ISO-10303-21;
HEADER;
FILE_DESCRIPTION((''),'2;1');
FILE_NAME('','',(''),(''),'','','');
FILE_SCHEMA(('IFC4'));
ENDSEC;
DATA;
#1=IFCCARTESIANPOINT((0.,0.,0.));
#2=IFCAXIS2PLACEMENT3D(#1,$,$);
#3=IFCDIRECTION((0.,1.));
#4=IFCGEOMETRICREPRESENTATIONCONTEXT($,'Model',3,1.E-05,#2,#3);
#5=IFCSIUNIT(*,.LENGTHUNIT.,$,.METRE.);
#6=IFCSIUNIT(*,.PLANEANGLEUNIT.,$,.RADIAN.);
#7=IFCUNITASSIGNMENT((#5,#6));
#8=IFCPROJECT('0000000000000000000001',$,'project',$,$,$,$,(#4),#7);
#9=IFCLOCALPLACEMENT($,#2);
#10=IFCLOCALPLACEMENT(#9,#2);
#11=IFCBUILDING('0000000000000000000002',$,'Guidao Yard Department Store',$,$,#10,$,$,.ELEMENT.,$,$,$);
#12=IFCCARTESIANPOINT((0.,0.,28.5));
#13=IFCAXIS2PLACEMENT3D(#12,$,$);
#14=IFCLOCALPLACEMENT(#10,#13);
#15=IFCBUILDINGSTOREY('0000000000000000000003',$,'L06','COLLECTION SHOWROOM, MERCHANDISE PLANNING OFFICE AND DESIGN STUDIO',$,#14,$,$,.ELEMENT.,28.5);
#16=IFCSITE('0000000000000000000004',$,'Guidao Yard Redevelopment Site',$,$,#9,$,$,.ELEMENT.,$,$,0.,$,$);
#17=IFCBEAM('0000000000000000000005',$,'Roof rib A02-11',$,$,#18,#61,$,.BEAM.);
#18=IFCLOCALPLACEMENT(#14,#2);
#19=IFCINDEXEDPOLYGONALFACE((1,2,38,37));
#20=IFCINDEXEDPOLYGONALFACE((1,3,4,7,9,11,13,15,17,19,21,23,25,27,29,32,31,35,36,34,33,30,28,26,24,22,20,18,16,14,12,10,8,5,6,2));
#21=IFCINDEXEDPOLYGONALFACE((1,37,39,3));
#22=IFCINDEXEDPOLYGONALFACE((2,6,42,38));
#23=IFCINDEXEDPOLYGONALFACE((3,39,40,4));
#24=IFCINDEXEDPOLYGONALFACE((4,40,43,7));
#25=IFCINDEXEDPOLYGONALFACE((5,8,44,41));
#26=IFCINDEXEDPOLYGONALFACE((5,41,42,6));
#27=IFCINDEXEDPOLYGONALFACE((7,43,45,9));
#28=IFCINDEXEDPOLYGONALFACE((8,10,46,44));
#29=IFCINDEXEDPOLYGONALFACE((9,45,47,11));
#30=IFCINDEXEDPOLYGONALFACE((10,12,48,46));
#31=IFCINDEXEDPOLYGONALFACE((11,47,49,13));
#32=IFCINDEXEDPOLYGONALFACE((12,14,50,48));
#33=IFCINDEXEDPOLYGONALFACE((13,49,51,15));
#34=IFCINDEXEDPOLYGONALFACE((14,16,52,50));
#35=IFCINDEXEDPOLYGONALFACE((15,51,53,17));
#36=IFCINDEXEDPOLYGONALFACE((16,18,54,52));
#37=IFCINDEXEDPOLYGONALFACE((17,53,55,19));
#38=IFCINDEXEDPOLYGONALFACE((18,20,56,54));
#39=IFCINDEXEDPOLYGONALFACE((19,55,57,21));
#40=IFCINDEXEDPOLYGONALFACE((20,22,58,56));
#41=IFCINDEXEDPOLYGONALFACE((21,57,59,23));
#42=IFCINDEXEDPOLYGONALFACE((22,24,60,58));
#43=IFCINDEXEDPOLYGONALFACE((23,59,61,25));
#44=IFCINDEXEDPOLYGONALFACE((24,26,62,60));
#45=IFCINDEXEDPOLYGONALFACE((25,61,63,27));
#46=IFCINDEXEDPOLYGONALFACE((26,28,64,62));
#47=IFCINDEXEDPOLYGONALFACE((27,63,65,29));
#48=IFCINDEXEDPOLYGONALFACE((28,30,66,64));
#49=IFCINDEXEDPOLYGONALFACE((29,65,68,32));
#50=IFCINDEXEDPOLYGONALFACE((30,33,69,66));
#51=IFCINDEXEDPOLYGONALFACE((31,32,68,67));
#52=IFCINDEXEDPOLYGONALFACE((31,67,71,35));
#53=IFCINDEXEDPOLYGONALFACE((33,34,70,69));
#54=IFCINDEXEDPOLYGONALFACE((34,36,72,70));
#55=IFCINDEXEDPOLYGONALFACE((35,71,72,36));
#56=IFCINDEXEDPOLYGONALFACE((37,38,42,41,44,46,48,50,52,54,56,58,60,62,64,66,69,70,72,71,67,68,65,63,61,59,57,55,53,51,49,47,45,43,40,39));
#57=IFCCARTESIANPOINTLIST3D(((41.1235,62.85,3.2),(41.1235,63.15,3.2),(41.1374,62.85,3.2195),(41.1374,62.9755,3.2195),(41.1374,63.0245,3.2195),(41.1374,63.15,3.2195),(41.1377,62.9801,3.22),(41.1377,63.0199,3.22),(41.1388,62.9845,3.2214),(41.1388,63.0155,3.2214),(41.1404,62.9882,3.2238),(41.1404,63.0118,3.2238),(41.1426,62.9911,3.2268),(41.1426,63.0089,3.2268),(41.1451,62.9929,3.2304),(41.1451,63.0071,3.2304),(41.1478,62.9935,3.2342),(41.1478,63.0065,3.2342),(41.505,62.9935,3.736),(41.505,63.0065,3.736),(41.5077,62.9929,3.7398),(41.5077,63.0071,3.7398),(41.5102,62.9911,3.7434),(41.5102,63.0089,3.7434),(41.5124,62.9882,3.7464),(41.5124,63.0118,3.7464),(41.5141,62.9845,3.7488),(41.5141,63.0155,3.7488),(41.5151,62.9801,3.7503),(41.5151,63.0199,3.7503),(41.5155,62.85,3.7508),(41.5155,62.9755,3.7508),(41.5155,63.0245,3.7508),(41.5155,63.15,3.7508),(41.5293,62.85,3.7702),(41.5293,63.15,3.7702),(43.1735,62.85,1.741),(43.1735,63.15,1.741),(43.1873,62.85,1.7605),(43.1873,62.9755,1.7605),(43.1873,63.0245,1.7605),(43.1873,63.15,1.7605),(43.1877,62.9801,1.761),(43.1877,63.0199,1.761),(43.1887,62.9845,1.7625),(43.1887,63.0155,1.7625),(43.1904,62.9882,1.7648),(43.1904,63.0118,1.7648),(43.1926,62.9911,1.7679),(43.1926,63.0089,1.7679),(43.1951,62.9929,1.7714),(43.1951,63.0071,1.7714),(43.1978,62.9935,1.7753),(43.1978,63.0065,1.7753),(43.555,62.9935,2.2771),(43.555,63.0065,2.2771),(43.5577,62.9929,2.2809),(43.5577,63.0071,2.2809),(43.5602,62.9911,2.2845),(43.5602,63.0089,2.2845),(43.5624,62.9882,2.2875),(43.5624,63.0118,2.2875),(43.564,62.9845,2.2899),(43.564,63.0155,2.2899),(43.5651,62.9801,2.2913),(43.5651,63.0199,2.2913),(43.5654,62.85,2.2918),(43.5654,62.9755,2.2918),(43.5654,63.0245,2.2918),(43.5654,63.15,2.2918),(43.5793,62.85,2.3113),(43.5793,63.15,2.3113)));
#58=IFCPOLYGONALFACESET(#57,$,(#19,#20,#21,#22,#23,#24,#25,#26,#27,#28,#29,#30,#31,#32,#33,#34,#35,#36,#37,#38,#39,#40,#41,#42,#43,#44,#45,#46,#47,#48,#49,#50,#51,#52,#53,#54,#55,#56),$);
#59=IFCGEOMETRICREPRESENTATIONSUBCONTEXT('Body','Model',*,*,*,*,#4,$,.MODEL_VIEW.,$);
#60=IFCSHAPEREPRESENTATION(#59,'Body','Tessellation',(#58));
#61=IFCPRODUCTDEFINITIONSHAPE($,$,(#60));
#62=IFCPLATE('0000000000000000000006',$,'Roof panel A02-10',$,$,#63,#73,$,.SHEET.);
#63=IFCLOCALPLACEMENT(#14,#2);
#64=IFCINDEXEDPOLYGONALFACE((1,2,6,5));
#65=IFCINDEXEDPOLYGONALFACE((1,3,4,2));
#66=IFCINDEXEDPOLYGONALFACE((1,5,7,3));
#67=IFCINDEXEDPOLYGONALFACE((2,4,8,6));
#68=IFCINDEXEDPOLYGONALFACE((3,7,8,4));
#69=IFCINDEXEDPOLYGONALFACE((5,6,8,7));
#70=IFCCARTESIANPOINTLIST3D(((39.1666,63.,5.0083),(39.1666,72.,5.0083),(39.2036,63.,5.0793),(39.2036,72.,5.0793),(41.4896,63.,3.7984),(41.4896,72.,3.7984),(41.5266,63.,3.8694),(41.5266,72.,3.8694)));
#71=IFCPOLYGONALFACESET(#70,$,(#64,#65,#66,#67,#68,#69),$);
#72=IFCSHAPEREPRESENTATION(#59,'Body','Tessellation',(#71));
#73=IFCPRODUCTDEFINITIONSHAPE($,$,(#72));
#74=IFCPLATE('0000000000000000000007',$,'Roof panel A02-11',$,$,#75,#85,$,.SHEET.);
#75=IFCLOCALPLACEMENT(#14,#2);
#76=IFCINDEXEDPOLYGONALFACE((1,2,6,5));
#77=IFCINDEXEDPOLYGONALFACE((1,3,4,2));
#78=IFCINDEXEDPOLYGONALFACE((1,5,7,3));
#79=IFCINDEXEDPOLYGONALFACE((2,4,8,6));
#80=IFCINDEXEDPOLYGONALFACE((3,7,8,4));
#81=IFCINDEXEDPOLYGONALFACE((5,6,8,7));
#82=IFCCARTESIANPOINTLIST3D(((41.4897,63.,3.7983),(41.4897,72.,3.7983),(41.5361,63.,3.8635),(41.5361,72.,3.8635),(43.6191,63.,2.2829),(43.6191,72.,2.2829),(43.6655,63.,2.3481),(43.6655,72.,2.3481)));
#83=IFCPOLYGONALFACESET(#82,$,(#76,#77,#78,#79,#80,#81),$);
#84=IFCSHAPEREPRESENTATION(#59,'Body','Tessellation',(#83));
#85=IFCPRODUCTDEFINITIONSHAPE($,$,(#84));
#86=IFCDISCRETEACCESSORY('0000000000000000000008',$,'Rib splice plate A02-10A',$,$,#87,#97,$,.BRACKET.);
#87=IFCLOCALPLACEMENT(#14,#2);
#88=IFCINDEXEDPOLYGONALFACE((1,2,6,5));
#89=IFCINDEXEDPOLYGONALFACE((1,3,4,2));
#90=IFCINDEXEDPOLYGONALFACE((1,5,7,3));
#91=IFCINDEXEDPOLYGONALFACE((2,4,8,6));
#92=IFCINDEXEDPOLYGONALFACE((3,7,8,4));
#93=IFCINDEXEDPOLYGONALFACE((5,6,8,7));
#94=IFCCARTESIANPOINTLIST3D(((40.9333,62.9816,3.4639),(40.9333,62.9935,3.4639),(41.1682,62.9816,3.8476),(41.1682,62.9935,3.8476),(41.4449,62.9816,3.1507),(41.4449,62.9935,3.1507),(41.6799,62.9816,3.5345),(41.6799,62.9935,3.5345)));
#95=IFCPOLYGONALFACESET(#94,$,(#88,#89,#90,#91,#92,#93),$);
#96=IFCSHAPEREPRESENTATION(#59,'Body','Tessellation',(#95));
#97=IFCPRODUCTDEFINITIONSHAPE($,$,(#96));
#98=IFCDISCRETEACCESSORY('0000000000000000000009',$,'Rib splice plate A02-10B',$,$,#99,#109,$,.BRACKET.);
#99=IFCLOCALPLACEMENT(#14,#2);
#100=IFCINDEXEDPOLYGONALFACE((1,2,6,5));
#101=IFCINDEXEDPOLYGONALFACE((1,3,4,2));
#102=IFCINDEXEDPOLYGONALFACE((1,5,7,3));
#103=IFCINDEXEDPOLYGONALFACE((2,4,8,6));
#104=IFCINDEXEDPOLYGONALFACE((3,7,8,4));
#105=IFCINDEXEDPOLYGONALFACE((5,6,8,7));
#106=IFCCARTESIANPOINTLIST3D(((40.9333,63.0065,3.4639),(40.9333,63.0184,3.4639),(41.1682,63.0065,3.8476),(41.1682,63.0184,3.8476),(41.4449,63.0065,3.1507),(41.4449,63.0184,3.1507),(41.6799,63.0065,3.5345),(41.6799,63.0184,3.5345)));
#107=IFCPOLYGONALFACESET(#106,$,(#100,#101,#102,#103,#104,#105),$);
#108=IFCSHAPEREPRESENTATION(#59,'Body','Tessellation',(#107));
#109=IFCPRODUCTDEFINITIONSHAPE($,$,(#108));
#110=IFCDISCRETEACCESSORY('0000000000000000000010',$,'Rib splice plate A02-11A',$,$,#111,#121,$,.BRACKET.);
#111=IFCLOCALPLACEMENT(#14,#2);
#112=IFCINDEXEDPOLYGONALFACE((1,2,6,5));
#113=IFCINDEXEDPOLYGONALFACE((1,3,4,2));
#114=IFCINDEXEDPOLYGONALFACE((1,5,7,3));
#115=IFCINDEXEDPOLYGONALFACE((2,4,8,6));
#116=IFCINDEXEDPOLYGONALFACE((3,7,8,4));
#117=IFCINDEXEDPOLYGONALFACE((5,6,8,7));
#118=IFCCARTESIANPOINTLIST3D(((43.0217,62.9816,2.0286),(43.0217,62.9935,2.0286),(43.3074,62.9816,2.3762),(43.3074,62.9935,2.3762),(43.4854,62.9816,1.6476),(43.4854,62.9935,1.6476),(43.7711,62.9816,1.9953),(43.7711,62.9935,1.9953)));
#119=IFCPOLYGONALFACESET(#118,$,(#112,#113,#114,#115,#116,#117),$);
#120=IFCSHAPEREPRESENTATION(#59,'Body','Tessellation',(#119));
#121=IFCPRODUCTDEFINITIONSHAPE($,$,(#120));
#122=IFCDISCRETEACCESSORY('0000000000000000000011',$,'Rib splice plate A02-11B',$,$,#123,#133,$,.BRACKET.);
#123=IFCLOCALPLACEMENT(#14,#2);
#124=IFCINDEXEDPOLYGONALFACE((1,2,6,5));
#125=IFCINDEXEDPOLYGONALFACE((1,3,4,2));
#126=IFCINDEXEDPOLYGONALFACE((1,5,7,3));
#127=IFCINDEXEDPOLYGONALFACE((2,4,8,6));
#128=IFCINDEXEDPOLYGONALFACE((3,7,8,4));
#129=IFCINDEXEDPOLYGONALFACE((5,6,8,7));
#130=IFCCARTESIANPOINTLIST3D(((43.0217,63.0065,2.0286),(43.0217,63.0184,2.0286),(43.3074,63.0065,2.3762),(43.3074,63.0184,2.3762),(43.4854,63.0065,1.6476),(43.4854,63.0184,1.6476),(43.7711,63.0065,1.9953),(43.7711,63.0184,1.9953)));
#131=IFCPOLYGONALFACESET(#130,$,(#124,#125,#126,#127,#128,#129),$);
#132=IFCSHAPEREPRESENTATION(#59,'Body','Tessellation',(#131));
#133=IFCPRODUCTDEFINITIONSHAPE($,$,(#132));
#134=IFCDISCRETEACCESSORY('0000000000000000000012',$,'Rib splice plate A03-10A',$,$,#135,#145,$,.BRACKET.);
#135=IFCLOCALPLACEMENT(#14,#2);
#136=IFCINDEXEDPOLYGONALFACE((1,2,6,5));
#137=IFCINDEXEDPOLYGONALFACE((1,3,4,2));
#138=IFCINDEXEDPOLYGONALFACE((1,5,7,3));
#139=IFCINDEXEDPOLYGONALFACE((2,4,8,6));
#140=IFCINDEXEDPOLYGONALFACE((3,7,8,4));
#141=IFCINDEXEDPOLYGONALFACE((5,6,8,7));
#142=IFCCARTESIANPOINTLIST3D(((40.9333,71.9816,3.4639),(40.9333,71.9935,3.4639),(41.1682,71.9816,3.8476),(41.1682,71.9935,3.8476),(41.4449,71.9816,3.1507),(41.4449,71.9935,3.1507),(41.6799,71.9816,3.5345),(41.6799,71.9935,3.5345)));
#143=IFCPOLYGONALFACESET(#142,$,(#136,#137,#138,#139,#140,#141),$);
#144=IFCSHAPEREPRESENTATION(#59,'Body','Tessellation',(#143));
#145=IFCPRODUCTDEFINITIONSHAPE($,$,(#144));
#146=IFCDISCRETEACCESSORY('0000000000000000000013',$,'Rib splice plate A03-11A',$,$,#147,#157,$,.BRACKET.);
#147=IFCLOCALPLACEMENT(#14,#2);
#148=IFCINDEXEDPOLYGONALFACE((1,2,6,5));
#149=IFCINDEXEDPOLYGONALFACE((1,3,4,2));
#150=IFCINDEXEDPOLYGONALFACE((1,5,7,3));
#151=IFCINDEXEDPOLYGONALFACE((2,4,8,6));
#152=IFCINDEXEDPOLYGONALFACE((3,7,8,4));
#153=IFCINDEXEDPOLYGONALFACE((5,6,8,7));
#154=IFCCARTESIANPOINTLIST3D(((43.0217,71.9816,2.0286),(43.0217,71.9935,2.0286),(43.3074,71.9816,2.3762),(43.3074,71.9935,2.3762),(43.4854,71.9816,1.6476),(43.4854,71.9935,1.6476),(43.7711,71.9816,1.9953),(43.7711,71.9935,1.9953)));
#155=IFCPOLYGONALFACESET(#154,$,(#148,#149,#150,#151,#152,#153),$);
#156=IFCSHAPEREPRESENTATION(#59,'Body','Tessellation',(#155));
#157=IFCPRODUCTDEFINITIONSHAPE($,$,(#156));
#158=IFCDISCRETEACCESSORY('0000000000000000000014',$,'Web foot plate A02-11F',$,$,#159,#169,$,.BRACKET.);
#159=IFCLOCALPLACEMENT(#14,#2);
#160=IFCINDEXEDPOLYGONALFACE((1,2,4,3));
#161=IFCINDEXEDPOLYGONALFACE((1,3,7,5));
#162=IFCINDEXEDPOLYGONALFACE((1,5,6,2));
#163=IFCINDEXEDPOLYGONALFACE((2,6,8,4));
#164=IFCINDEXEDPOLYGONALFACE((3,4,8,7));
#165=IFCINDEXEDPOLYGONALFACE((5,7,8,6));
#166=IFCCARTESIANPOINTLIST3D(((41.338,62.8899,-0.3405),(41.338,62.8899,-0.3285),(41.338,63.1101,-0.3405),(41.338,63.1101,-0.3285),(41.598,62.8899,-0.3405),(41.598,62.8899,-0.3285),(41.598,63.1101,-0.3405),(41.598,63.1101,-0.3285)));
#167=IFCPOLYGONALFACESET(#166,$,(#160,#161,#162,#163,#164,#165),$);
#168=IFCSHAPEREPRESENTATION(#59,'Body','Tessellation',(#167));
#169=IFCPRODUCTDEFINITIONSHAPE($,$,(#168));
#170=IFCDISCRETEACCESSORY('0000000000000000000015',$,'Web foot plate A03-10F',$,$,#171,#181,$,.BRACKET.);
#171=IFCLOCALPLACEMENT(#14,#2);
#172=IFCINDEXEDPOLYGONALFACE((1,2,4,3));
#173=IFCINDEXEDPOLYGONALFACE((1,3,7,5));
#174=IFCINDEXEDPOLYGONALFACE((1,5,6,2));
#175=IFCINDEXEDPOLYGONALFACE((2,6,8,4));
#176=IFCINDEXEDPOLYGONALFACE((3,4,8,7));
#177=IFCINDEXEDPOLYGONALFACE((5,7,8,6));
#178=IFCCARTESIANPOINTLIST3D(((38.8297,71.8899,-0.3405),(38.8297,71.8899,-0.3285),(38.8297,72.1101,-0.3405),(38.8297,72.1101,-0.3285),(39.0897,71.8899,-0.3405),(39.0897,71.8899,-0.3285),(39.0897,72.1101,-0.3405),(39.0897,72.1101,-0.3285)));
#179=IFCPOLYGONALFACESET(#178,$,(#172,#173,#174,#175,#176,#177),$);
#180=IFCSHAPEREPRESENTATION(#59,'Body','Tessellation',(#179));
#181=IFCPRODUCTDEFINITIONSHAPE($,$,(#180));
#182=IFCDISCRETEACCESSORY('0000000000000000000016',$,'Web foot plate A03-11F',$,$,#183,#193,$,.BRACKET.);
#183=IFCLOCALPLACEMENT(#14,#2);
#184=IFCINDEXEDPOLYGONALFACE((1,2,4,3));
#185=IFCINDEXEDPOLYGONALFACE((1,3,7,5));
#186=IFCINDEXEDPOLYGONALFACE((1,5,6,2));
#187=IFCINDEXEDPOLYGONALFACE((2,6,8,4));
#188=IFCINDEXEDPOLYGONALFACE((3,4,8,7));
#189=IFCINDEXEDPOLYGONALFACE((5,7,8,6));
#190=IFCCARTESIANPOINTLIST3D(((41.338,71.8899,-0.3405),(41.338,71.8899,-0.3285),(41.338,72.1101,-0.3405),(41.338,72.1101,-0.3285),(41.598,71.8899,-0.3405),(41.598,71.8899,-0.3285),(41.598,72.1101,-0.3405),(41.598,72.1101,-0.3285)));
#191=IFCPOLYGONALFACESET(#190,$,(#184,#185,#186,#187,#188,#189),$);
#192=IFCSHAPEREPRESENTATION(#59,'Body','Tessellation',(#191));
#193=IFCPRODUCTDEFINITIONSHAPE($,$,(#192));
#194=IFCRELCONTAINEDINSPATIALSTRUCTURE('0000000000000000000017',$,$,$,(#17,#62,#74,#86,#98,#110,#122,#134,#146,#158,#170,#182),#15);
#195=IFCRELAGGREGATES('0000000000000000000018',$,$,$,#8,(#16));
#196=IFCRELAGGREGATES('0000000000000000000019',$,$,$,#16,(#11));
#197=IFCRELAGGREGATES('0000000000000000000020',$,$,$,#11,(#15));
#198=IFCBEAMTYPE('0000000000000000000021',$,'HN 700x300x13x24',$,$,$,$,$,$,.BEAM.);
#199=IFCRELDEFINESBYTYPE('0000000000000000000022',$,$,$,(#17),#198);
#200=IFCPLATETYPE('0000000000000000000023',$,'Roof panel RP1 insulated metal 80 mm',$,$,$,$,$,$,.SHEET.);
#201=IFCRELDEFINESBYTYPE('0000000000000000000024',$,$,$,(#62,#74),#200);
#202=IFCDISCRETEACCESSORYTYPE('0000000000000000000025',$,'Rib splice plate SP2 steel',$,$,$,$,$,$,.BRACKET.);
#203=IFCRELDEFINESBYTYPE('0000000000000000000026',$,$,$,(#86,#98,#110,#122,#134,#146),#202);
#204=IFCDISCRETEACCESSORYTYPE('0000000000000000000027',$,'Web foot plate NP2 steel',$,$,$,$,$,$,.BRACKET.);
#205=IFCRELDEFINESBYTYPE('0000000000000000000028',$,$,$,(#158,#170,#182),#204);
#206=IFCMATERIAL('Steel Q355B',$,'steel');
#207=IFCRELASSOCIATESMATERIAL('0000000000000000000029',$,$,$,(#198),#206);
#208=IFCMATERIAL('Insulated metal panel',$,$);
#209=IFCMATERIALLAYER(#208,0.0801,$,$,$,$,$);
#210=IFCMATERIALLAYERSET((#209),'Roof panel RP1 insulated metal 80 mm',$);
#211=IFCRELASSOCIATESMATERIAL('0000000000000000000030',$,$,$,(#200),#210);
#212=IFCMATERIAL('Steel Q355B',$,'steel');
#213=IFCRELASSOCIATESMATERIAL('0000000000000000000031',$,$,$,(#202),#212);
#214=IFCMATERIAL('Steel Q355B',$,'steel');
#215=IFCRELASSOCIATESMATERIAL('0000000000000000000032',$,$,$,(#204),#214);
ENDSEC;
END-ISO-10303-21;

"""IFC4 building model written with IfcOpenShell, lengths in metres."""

from ifc_helpers import new_model, si_unit, direction, frame, origin, origin_2d, place, context, subcontext, project, spatial, polyline, rectangle, i_section, outline, extrude, material, layer, layer_set, material_profile, profile_set, type_object, element, save


model = new_model("IFC4")

# Units and contexts
model_context = context("Model", 3, precision=1e-05, world=origin(), true_north=direction((0.0, 1.0)))
body_context = subcontext(model_context, "Body", "Model", "MODEL_VIEW")
ifc_project = project(units=[si_unit("LENGTHUNIT", "METRE"), si_unit("PLANEANGLEUNIT", "RADIAN")], contexts=[model_context])

# Site, building, storey
site_placement = place(None, origin())
site = spatial("IfcSite", under=ifc_project, at=site_placement, Name="Guidao Yard Redevelopment Site", CompositionType="ELEMENT", RefElevation=0.0)
building_placement = place(site_placement, origin())
building = spatial("IfcBuilding", under=site, at=building_placement, Name="Guidao Yard Department Store", CompositionType="ELEMENT")
storey_placement = place(building_placement, frame((0.0, 0.0, 28.5)))
storey = spatial("IfcBuildingStorey", under=building, at=storey_placement, Name="L06", Description="COLLECTION SHOWROOM, MERCHANDISE PLANNING OFFICE AND DESIGN STUDIO", CompositionType="ELEMENT", Elevation=28.5)

# Beam
ifc_material_1 = material(Name="Steel Q355B", Category="steel")
ifc_material_profile_1 = material_profile(ifc_material_1, i_section(OverallWidth=0.3, OverallDepth=0.7, WebThickness=0.0129, FlangeThickness=0.0239, FilletRadius=0.0181, at=origin_2d()), Name="HN 700x300x13x24")
ifc_profile_set_1 = profile_set([ifc_material_profile_1], Name="Steel Q355B")
beam_type = type_object("IfcBeamType", Name="HN 700x300x13x24", PredefinedType="BEAM", material=ifc_profile_set_1)
beam_1_placement = place(storey_placement, frame((41.3264, 63.0, 3.4851), z_axis=(0.814735, 0.0, -0.579833), x_axis=(0.0, 1.0, 0.0)))
element("IfcBeam", 1, at=beam_1_placement, inside=storey, type_object=beam_type, Name="Roof rib A02-11", PredefinedType="BEAM", context=body_context, shape_type="SweptSolid", body=[
    extrude(i_section(OverallWidth=0.3, OverallDepth=0.7, WebThickness=0.0129, FlangeThickness=0.0239, FilletRadius=0.0181, at=origin_2d()), origin(), (0.0, 0.0, 1.0), 2.5161),
])

# Plates
ifc_material_2 = material(Name="Insulated metal panel")
ifc_layer = layer(ifc_material_2, 0.0801)
ifc_layer_set = layer_set([ifc_layer], Name="Roof panel RP1 insulated metal 80 mm")
plate_type = type_object("IfcPlateType", Name="Roof panel RP1 insulated metal 80 mm", PredefinedType="SHEET", material=ifc_layer_set)
plate_1_placement = place(storey_placement, frame((39.2036, 63.0, 5.0793), z_axis=(0.461954, 0.0, 0.886904), x_axis=(0.886904, 0.0, -0.461954)))
element("IfcPlate", 2, at=plate_1_placement, inside=storey, type_object=plate_type, Name="Roof panel A02-10", PredefinedType="SHEET", context=body_context, shape_type="SweptSolid", body=[
    extrude(outline(polyline([(0.0, 0.0), (2.6192, 0.0), (2.6192, 9.0), (0.0, 9.0), (0.0, 0.0)])), origin(), (0.0, 0.0, -1.0), 0.0801),
])
plate_2_placement = place(storey_placement, frame((41.5361, 63.0, 3.8635), z_axis=(0.579815, 0.0, 0.814748), x_axis=(0.814748, 0.0, -0.579815)))
element("IfcPlate", 3, at=plate_2_placement, inside=storey, type_object=plate_type, Name="Roof panel A02-11", PredefinedType="SHEET", context=body_context, shape_type="SweptSolid", body=[
    extrude(outline(polyline([(0.0, 0.0), (2.6136, 0.0), (2.6136, 9.0), (0.0, 9.0), (0.0, 0.0)])), origin(), (0.0, 0.0, -1.0), 0.0801),
])

# Discrete accessories
ifc_material_3 = material(Name="Steel Q355B", Category="steel")
ifc_material_profile_2 = material_profile(ifc_material_3, rectangle(XDim=0.012, YDim=0.45, at=origin_2d()), Name="Splice plate 450x12")
ifc_profile_set_2 = profile_set([ifc_material_profile_2], Name="Steel Q355B")
discrete_accessory_type_1 = type_object("IfcDiscreteAccessoryType", Name="Rib splice plate SP2 steel", PredefinedType="BRACKET", material=ifc_profile_set_2)
for number, where, z_axis, x_axis, name in (
    (4, (41.0508, 62.9875, 3.6558), (0.852899, 0.0, -0.522075), (0.0, 1.0, 0.0), "Rib splice plate A02-10A"),
    (5, (41.0508, 63.0125, 3.6558), (0.852899, 0.0, -0.522075), (0.0, 1.0, 0.0), "Rib splice plate A02-10B"),
):
    element("IfcDiscreteAccessory", number, at=place(storey_placement, frame(where, z_axis=z_axis, x_axis=x_axis)), inside=storey, type_object=discrete_accessory_type_1, Name=name, PredefinedType="BRACKET", context=body_context, shape_type="SweptSolid", body=[
        extrude(rectangle(XDim=0.012, YDim=0.45, at=origin_2d()), origin(), (0.0, 0.0, 1.0), 0.5999),
    ])
for number, where, z_axis, x_axis, name in (
    (6, (43.1646, 62.9875, 2.2024), (0.772705, 0.0, -0.634765), (0.0, 1.0, 0.0), "Rib splice plate A02-11A"),
    (7, (43.1646, 63.0125, 2.2024), (0.772705, 0.0, -0.634765), (0.0, 1.0, 0.0), "Rib splice plate A02-11B"),
):
    element("IfcDiscreteAccessory", number, at=place(storey_placement, frame(where, z_axis=z_axis, x_axis=x_axis)), inside=storey, type_object=discrete_accessory_type_1, Name=name, PredefinedType="BRACKET", context=body_context, shape_type="SweptSolid", body=[
        extrude(rectangle(XDim=0.012, YDim=0.45, at=origin_2d()), origin(), (0.0, 0.0, 1.0), 0.6001),
    ])
discrete_accessory_1_placement = place(storey_placement, frame((41.0508, 71.9875, 3.6558), z_axis=(0.852899, 0.0, -0.522075), x_axis=(0.0, 1.0, 0.0)))
element("IfcDiscreteAccessory", 8, at=discrete_accessory_1_placement, inside=storey, type_object=discrete_accessory_type_1, Name="Rib splice plate A03-10A", PredefinedType="BRACKET", context=body_context, shape_type="SweptSolid", body=[
    extrude(rectangle(XDim=0.012, YDim=0.45, at=origin_2d()), origin(), (0.0, 0.0, 1.0), 0.5999),
])
discrete_accessory_2_placement = place(storey_placement, frame((43.1646, 71.9875, 2.2024), z_axis=(0.772705, 0.0, -0.634765), x_axis=(0.0, 1.0, 0.0)))
element("IfcDiscreteAccessory", 9, at=discrete_accessory_2_placement, inside=storey, type_object=discrete_accessory_type_1, Name="Rib splice plate A03-11A", PredefinedType="BRACKET", context=body_context, shape_type="SweptSolid", body=[
    extrude(rectangle(XDim=0.012, YDim=0.45, at=origin_2d()), origin(), (0.0, 0.0, 1.0), 0.6001),
])
ifc_material_4 = material(Name="Steel Q355B", Category="steel")
ifc_material_profile_3 = material_profile(ifc_material_4, rectangle(XDim=0.26, YDim=0.012, at=origin_2d()), Name="Node plate 260x12")
ifc_profile_set_3 = profile_set([ifc_material_profile_3], Name="Steel Q355B")
discrete_accessory_type_2 = type_object("IfcDiscreteAccessoryType", Name="Web foot plate NP2 steel", PredefinedType="BRACKET", material=ifc_profile_set_3)
for number, where, z_axis, x_axis, name in (
    (10, (41.468, 62.8899, -0.3345), (0.0, 1.0, 0.0), (-1.0, 0.0, 0.0), "Web foot plate A02-11F"),
    (11, (38.9597, 71.8899, -0.3345), (0.0, 1.0, 0.0), (-1.0, 0.0, 0.0), "Web foot plate A03-10F"),
    (12, (41.468, 71.8899, -0.3345), (0.0, 1.0, 0.0), (-1.0, 0.0, 0.0), "Web foot plate A03-11F"),
):
    element("IfcDiscreteAccessory", number, at=place(storey_placement, frame(where, z_axis=z_axis, x_axis=x_axis)), inside=storey, type_object=discrete_accessory_type_2, Name=name, PredefinedType="BRACKET", context=body_context, shape_type="SweptSolid", body=[
        extrude(rectangle(XDim=0.26, YDim=0.012, at=origin_2d()), origin(), (0.0, 0.0, 1.0), 0.2202),
    ])

save(model, "model.ifc")
